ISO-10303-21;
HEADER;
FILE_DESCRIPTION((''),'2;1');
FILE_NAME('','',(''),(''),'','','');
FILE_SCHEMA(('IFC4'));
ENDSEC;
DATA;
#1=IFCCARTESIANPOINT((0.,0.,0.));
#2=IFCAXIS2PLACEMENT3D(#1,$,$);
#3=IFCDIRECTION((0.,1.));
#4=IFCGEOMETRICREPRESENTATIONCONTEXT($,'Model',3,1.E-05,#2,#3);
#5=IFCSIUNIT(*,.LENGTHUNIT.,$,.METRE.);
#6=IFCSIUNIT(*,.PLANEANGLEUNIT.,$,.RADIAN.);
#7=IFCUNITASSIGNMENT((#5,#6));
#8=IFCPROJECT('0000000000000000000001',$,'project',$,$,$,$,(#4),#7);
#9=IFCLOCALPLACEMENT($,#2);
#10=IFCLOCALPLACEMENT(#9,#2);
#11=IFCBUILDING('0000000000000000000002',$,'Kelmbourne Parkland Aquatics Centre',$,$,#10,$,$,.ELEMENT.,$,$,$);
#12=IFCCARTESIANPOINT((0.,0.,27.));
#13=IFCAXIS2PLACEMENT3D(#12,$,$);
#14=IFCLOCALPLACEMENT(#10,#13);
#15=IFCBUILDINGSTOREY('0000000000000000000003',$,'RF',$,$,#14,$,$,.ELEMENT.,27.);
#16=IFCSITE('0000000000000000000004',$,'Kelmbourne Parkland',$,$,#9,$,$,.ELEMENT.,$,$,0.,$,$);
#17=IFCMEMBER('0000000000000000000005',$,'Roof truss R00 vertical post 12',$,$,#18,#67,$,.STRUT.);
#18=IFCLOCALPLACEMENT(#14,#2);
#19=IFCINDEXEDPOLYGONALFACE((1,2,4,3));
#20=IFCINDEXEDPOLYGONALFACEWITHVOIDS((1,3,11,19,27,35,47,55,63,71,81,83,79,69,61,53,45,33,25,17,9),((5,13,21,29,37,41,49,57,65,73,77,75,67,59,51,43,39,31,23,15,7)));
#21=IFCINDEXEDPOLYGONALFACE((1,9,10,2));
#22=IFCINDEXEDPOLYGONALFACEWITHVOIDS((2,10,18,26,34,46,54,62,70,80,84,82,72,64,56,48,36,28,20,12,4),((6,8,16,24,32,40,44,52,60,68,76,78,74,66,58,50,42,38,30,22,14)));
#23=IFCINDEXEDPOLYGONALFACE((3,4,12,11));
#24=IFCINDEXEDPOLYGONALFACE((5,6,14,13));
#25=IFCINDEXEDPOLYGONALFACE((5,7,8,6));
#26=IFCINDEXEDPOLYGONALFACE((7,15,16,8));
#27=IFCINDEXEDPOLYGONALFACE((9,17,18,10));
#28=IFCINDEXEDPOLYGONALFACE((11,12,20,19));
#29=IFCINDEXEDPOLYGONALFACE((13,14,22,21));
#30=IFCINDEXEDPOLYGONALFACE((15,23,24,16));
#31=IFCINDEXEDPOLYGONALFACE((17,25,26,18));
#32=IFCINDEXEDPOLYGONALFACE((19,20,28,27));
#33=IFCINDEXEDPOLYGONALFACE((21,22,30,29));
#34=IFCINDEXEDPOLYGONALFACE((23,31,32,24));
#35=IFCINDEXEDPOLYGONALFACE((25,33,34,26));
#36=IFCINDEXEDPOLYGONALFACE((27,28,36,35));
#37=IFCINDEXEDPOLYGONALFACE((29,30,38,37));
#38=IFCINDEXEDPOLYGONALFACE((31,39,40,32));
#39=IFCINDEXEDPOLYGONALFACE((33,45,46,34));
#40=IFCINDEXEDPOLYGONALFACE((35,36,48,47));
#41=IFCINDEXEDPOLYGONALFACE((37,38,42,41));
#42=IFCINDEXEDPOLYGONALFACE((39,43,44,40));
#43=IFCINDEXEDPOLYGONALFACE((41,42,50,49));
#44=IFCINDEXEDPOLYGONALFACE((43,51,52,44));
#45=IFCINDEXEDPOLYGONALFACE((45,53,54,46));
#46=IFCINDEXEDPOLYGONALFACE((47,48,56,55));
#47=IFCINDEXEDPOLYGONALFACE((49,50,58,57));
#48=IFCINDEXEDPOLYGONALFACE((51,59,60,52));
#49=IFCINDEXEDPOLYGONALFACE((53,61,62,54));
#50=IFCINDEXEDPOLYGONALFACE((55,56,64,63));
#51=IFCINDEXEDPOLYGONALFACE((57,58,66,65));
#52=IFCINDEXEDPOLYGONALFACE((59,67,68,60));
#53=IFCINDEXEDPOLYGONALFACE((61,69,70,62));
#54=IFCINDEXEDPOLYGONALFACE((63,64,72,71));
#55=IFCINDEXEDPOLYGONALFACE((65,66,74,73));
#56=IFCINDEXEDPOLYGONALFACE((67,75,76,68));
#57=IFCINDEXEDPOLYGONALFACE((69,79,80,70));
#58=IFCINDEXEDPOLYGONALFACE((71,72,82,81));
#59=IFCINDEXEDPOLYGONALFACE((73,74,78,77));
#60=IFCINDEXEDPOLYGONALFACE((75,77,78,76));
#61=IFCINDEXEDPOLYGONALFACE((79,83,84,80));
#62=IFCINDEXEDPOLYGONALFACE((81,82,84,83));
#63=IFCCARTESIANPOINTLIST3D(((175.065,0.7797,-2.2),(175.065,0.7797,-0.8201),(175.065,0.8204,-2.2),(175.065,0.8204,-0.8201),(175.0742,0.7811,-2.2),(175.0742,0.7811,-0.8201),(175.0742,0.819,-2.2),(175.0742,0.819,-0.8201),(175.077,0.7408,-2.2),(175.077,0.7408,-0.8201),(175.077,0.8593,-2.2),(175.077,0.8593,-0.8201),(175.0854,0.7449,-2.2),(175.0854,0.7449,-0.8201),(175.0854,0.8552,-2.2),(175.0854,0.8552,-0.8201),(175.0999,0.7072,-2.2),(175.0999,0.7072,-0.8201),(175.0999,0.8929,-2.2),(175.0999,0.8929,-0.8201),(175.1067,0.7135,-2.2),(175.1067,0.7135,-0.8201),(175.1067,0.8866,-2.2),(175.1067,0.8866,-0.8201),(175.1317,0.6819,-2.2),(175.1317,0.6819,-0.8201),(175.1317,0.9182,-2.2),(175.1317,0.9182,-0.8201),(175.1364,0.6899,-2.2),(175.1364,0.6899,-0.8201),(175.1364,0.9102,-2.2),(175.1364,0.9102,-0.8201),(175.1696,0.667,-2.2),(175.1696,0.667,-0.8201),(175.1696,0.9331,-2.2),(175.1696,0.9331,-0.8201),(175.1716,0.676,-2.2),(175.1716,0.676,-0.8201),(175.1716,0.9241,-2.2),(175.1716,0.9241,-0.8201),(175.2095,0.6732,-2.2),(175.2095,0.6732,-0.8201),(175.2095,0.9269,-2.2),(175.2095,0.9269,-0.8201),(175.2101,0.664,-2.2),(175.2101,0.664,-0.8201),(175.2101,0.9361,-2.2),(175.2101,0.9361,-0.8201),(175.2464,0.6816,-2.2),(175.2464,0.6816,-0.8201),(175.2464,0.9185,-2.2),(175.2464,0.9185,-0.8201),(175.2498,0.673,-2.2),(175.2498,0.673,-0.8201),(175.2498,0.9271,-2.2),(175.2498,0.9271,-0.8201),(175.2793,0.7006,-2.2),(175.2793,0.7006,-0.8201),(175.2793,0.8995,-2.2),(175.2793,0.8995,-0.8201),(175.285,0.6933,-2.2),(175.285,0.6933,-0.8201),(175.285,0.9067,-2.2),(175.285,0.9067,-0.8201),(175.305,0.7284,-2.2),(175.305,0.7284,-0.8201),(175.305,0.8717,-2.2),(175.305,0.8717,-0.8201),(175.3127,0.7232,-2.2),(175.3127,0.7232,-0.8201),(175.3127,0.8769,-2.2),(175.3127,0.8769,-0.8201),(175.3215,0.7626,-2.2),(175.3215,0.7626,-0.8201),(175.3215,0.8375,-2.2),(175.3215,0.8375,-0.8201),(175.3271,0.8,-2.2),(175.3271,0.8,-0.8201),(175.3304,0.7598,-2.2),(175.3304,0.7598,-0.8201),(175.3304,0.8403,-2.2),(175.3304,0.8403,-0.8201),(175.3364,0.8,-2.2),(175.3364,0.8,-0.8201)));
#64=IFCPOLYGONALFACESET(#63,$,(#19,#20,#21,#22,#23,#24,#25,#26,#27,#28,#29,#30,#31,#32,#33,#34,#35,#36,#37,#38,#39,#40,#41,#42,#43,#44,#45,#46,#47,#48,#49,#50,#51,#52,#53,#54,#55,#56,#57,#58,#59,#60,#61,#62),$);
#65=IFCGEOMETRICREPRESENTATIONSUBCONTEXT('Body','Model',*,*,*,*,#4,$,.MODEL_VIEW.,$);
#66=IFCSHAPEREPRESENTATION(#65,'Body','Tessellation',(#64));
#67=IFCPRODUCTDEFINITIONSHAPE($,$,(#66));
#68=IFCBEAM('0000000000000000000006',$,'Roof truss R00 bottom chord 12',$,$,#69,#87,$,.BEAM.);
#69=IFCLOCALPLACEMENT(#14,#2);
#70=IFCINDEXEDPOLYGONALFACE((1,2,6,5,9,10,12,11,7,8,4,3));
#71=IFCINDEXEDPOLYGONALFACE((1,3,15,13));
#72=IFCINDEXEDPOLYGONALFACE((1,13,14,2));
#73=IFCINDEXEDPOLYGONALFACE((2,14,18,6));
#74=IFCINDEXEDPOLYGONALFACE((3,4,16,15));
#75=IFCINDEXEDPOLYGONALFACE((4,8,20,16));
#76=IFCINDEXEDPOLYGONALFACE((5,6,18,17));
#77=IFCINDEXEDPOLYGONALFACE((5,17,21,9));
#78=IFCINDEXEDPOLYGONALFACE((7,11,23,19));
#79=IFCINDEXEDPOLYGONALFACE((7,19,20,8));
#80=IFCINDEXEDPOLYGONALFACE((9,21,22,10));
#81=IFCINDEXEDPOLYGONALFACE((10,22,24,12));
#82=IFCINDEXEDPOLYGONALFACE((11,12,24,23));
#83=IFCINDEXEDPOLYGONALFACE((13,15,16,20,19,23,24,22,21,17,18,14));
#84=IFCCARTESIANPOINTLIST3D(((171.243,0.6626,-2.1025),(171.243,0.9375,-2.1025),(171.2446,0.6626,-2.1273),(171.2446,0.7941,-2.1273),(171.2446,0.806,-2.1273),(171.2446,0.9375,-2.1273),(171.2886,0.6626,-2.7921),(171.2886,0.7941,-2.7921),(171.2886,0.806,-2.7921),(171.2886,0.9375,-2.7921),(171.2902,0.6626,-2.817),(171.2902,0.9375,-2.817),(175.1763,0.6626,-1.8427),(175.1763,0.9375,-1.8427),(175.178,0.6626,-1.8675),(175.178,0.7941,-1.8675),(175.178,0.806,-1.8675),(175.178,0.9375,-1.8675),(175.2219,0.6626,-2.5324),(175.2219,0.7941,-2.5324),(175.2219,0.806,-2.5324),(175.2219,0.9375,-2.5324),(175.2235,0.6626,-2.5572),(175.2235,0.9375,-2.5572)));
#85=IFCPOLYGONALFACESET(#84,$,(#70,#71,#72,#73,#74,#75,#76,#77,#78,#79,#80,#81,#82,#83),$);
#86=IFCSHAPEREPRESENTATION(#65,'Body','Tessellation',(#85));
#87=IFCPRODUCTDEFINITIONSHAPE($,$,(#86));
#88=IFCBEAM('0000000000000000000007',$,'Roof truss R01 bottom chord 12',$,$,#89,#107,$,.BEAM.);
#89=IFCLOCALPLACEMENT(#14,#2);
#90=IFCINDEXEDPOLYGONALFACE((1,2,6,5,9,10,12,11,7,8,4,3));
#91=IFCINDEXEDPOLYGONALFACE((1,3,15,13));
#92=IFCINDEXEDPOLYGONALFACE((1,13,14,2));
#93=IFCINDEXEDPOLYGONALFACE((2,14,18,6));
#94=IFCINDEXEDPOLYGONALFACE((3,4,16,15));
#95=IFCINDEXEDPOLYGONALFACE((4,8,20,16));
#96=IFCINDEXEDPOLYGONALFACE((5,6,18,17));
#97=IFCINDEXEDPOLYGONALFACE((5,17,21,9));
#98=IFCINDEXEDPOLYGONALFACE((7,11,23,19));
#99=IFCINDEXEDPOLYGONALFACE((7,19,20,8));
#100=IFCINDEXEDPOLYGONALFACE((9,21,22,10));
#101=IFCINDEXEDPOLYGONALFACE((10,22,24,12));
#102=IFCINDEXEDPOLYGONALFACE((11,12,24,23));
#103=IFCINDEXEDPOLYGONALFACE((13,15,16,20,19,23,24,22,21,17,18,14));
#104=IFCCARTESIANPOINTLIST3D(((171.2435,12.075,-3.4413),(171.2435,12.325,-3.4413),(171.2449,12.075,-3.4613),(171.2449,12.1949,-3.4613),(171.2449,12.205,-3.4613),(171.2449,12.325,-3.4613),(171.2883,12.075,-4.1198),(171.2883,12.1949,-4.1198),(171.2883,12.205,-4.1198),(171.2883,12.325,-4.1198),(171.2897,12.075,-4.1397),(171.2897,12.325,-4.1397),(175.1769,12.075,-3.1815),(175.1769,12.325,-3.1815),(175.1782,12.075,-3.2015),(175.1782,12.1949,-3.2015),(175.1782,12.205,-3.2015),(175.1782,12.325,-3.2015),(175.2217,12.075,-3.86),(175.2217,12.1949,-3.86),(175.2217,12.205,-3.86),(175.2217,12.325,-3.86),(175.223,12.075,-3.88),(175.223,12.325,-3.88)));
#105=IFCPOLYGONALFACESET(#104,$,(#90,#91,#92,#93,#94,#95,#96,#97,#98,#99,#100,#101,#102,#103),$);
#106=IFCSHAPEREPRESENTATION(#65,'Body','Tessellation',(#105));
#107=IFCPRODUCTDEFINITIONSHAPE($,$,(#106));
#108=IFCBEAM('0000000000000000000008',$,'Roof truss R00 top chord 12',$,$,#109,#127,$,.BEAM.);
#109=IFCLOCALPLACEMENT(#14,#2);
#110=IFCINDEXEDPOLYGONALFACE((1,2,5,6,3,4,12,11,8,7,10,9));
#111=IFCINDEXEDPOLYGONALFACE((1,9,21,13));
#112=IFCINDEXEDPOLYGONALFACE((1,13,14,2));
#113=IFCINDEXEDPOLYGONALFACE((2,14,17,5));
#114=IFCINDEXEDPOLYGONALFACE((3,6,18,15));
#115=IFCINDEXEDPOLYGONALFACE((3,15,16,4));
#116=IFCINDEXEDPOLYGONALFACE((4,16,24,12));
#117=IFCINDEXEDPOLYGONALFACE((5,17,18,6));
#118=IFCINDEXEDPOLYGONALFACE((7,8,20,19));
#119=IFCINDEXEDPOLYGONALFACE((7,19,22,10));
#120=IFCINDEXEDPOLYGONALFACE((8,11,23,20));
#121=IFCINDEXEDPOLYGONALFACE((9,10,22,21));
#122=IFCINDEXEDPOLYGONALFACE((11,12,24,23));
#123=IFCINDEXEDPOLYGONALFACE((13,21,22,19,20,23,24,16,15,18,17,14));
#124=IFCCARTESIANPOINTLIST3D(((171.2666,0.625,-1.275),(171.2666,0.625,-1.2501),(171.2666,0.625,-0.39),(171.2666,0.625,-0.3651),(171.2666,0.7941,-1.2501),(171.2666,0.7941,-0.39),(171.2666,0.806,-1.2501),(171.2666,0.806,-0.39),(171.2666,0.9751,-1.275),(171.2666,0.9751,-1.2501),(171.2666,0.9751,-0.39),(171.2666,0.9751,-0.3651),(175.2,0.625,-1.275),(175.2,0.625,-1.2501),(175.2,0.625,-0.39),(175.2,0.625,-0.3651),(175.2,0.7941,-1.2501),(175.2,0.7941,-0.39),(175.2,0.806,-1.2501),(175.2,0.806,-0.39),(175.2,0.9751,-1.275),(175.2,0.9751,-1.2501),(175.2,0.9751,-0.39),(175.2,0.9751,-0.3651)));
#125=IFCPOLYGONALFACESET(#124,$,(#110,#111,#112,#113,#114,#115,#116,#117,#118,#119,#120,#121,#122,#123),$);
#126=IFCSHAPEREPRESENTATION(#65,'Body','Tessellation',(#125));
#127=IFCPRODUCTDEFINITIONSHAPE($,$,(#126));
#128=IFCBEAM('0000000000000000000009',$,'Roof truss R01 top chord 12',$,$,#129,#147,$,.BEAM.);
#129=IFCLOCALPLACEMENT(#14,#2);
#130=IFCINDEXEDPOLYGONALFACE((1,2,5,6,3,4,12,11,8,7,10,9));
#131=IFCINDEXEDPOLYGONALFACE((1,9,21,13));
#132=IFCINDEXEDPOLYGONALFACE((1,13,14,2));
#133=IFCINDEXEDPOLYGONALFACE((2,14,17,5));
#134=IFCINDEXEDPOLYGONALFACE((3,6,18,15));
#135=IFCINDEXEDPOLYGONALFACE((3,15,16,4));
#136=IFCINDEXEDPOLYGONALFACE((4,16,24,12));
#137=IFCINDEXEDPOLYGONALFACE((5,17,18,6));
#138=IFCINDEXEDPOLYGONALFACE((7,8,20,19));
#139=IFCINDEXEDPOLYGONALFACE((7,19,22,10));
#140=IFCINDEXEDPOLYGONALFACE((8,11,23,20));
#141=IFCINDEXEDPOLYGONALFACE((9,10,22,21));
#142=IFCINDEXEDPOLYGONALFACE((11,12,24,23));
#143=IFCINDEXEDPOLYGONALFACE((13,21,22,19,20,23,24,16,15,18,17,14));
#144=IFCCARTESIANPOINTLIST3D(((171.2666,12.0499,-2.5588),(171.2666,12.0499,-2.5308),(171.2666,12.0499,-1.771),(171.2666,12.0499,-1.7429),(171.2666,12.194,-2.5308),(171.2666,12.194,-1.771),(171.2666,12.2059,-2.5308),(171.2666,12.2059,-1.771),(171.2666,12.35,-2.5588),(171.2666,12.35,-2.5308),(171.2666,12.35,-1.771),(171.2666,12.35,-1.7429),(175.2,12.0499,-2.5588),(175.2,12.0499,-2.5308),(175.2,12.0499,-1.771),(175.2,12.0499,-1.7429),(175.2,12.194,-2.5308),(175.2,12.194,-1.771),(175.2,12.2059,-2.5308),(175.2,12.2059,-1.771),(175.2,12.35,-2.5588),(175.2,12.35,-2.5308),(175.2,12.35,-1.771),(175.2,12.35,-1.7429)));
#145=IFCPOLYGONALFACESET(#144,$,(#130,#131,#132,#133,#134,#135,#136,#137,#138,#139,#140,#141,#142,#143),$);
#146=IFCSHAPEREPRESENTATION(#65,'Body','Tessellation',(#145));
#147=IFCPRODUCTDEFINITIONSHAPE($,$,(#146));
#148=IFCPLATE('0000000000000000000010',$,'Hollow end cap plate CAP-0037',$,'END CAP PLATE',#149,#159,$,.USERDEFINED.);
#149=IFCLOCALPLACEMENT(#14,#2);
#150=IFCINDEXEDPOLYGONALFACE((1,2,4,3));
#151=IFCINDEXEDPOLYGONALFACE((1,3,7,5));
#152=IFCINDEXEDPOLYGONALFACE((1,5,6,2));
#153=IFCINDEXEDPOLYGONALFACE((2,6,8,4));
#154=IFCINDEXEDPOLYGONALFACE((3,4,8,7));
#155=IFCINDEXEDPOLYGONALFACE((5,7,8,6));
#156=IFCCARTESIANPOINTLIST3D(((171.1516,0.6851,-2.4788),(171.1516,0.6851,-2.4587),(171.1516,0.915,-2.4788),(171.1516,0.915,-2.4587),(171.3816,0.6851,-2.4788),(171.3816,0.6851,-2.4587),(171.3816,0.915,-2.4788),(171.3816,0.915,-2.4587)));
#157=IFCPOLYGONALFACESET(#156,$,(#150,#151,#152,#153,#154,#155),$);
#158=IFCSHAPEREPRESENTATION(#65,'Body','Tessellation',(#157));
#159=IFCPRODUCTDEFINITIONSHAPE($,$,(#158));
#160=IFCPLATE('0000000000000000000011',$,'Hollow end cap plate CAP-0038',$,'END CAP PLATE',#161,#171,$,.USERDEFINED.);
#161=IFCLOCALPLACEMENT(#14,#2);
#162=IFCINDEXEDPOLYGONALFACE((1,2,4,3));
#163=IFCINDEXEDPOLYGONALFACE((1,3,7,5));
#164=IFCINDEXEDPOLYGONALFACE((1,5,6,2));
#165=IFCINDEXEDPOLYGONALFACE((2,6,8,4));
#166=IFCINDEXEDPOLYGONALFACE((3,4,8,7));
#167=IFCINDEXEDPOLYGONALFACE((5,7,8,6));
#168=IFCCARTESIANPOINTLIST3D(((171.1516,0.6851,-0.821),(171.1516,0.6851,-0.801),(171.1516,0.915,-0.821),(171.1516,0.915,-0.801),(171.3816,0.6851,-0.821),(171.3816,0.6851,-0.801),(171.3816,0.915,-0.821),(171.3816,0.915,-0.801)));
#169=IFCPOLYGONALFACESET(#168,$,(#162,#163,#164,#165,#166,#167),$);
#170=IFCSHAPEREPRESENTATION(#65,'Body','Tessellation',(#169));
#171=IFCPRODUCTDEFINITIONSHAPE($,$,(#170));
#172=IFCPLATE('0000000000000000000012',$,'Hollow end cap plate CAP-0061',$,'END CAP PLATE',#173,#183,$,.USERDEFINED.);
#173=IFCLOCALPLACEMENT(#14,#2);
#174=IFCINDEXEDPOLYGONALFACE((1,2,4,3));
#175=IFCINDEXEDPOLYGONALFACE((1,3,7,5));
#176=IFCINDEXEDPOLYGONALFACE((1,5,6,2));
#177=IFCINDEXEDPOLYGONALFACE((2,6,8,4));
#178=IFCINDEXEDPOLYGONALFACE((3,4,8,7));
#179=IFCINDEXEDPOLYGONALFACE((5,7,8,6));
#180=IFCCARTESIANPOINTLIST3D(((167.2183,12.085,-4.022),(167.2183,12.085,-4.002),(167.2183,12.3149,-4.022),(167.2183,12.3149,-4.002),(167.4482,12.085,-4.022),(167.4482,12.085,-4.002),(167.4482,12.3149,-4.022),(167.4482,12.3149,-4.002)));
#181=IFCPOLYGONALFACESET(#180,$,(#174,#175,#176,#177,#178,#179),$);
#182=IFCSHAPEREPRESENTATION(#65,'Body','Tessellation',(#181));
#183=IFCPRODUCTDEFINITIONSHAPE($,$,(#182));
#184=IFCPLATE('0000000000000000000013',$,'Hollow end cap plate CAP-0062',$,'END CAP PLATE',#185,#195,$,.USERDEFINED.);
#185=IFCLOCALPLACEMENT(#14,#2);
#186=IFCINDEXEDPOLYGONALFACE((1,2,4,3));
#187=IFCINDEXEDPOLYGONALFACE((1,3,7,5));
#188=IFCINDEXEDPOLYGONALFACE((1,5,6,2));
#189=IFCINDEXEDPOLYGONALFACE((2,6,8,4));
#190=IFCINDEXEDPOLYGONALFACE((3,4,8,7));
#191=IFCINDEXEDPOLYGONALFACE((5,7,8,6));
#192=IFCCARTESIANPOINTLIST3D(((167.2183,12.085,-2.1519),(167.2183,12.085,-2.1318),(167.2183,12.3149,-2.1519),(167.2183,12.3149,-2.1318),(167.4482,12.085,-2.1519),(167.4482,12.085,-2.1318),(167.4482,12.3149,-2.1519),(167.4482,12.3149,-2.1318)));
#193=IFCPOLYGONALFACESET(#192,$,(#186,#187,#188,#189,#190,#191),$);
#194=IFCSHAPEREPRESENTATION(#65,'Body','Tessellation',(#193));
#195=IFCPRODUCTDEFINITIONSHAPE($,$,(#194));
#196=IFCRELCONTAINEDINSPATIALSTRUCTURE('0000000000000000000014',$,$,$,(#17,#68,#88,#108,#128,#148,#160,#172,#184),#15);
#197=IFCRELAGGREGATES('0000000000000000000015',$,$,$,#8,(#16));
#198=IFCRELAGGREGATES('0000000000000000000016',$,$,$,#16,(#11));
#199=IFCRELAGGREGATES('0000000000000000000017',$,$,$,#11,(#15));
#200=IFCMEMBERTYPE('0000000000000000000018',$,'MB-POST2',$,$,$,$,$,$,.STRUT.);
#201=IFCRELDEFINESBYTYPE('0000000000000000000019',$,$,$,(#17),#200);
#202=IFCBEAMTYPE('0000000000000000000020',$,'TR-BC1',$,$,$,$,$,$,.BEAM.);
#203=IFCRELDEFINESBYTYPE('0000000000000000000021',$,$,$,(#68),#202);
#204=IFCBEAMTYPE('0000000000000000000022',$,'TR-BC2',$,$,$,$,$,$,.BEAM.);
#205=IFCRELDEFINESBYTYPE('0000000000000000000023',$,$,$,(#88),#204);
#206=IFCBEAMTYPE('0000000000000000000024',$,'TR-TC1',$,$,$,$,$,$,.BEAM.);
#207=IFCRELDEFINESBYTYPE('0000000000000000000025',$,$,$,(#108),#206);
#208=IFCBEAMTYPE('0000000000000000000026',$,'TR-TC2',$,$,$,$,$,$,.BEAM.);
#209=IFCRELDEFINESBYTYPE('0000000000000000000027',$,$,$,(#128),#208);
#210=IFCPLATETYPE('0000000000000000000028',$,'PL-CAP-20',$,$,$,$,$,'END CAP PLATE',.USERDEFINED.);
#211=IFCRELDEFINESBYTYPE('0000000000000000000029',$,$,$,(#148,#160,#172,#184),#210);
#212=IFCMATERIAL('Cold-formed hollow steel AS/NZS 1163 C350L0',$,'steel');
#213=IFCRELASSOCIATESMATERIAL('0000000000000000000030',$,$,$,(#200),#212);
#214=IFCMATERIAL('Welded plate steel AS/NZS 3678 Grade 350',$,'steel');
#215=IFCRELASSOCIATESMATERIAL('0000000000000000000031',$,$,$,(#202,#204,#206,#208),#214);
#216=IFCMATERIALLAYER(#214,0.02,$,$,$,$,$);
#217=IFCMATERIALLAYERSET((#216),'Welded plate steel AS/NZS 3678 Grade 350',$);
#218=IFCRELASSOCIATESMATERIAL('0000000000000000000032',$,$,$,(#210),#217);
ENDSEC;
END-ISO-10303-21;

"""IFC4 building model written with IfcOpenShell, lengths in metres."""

from ifc_helpers import new_model, si_unit, direction, frame, origin, origin_2d, place, context, subcontext, project, spatial, rectangle, hollow_circle, i_section, extrude, material, layer, layer_set, material_profile, profile_set, type_object, element, save


model = new_model("IFC4")

# Units and contexts
model_context = context("Model", 3, precision=1e-05, world=origin(), true_north=direction((0.0, 1.0)))
body_context = subcontext(model_context, "Body", "Model", "MODEL_VIEW")
ifc_project = project(units=[si_unit("LENGTHUNIT", "METRE"), si_unit("PLANEANGLEUNIT", "RADIAN")], contexts=[model_context])

# Site, building, storey
site_placement = place(None, origin())
site = spatial("IfcSite", under=ifc_project, at=site_placement, Name="Kelmbourne Parkland", CompositionType="ELEMENT", RefElevation=0.0)
building_placement = place(site_placement, origin())
building = spatial("IfcBuilding", under=site, at=building_placement, Name="Kelmbourne Parkland Aquatics Centre", CompositionType="ELEMENT")
storey_placement = place(building_placement, frame((0.0, 0.0, 27.0)))
storey = spatial("IfcBuildingStorey", under=building, at=storey_placement, Name="RF", CompositionType="ELEMENT", Elevation=27.0)

# Member
ifc_material_1 = material(Name="Cold-formed hollow steel AS/NZS 1163 C350L0", Category="steel")
ifc_material_profile_1 = material_profile(ifc_material_1, hollow_circle(Radius=0.1365, WallThickness=0.0093, at=origin_2d()), Name="CHS 273.1x9.3")
ifc_profile_set_1 = profile_set([ifc_material_profile_1], Name="Cold-formed hollow steel AS/NZS 1163 C350L0")
member_type_1 = type_object("IfcMemberType", Name="MB-POST2", PredefinedType="STRUT", material=ifc_profile_set_1)
member_1_placement = place(storey_placement, frame((175.2, 0.8, -2.2), z_axis=(0.0, 0.0, 1.0), x_axis=(1.0, 0.0, 0.0)))
element("IfcMember", 1, at=member_1_placement, inside=storey, type_object=member_type_1, Name="Roof truss R00 vertical post 12", PredefinedType="STRUT", context=body_context, shape_type="SweptSolid", body=[
    extrude(hollow_circle(Radius=0.1365, WallThickness=0.0093, at=origin_2d()), origin(), (0.0, 0.0, 1.0), 1.3799),
])

# Beams
ifc_material_2 = material(Name="Welded plate steel AS/NZS 3678 Grade 350", Category="steel")
ifc_material_profile_2 = material_profile(ifc_material_2, i_section(OverallWidth=0.2749, OverallDepth=0.7161, WebThickness=0.012, FlangeThickness=0.0249, at=origin_2d()), Name="700WB173")
ifc_profile_set_2 = profile_set([ifc_material_profile_2], Name="Welded plate steel AS/NZS 3678 Grade 350")
beam_type_1 = type_object("IfcBeamType", Name="TR-BC1", PredefinedType="BEAM", material=ifc_profile_set_2)
beam_1_placement = place(storey_placement, frame((171.2666, 0.8, -2.4597), z_axis=(0.997826, 0.0, 0.065898), x_axis=(0.0, 1.0, 0.0)))
element("IfcBeam", 2, at=beam_1_placement, inside=storey, type_object=beam_type_1, Name="Roof truss R00 bottom chord 12", PredefinedType="BEAM", context=body_context, shape_type="SweptSolid", body=[
    extrude(i_section(OverallWidth=0.2749, OverallDepth=0.7161, WebThickness=0.012, FlangeThickness=0.0249, at=origin_2d()), origin(), (0.0, 0.0, 1.0), 3.9419),
])
ifc_material_profile_3 = material_profile(ifc_material_2, i_section(OverallWidth=0.25, OverallDepth=0.7, WebThickness=0.01, FlangeThickness=0.02, at=origin_2d()), Name="700WB130")
ifc_profile_set_3 = profile_set([ifc_material_profile_3], Name="Welded plate steel AS/NZS 3678 Grade 350")
beam_type_2 = type_object("IfcBeamType", Name="TR-BC2", PredefinedType="BEAM", material=ifc_profile_set_3)
beam_2_placement = place(storey_placement, frame((171.2666, 12.2, -3.7905), z_axis=(0.997826, 0.0, 0.065898), x_axis=(0.0, 1.0, 0.0)))
element("IfcBeam", 3, at=beam_2_placement, inside=storey, type_object=beam_type_2, Name="Roof truss R01 bottom chord 12", PredefinedType="BEAM", context=body_context, shape_type="SweptSolid", body=[
    extrude(i_section(OverallWidth=0.25, OverallDepth=0.7, WebThickness=0.01, FlangeThickness=0.02, at=origin_2d()), origin(), (0.0, 0.0, 1.0), 3.9419),
])
ifc_material_profile_4 = material_profile(ifc_material_2, i_section(OverallWidth=0.3501, OverallDepth=0.9099, WebThickness=0.012, FlangeThickness=0.0249, at=origin_2d()), Name="900WB218")
ifc_profile_set_4 = profile_set([ifc_material_profile_4], Name="Welded plate steel AS/NZS 3678 Grade 350")
beam_type_3 = type_object("IfcBeamType", Name="TR-TC1", PredefinedType="BEAM", material=ifc_profile_set_4)
beam_3_placement = place(storey_placement, frame((171.2666, 0.8, -0.8201), z_axis=(1.0, 0.0, 0.0), x_axis=(0.0, 1.0, 0.0)))
element("IfcBeam", 4, at=beam_3_placement, inside=storey, type_object=beam_type_3, Name="Roof truss R00 top chord 12", PredefinedType="BEAM", context=body_context, shape_type="SweptSolid", body=[
    extrude(i_section(OverallWidth=0.3501, OverallDepth=0.9099, WebThickness=0.012, FlangeThickness=0.0249, at=origin_2d()), origin(), (0.0, 0.0, 1.0), 3.9333),
])
ifc_material_profile_5 = material_profile(ifc_material_2, i_section(OverallWidth=0.3, OverallDepth=0.8159, WebThickness=0.012, FlangeThickness=0.0281, at=origin_2d()), Name="800WB192")
ifc_profile_set_5 = profile_set([ifc_material_profile_5], Name="Welded plate steel AS/NZS 3678 Grade 350")
beam_type_4 = type_object("IfcBeamType", Name="TR-TC2", PredefinedType="BEAM", material=ifc_profile_set_5)
beam_4_placement = place(storey_placement, frame((171.2666, 12.2, -2.1509), z_axis=(1.0, 0.0, 0.0), x_axis=(0.0, 1.0, 0.0)))
element("IfcBeam", 5, at=beam_4_placement, inside=storey, type_object=beam_type_4, Name="Roof truss R01 top chord 12", PredefinedType="BEAM", context=body_context, shape_type="SweptSolid", body=[
    extrude(i_section(OverallWidth=0.3, OverallDepth=0.8159, WebThickness=0.012, FlangeThickness=0.0281, at=origin_2d()), origin(), (0.0, 0.0, 1.0), 3.9333),
])

# Plates
ifc_layer_1 = layer(ifc_material_2, 0.02)
ifc_layer_set_1 = layer_set([ifc_layer_1], Name="Welded plate steel AS/NZS 3678 Grade 350")
plate_type_1 = type_object("IfcPlateType", Name="PL-CAP-20", ElementType="END CAP PLATE", PredefinedType="USERDEFINED", material=ifc_layer_set_1)
for number, where, z_axis, x_axis, name in (
    (6, (171.2666, 0.8, -2.4788), (0.0, 0.0, 1.0), (1.0, 0.0, 0.0), "Hollow end cap plate CAP-0037"),
    (7, (171.2666, 0.8, -0.821), (0.0, 0.0, 1.0), (1.0, 0.0, 0.0), "Hollow end cap plate CAP-0038"),
    (8, (167.3333, 12.2, -4.022), (0.0, 0.0, 1.0), (1.0, 0.0, 0.0), "Hollow end cap plate CAP-0061"),
    (9, (167.3333, 12.2, -2.1519), (0.0, 0.0, 1.0), (1.0, 0.0, 0.0), "Hollow end cap plate CAP-0062"),
):
    element("IfcPlate", number, at=place(storey_placement, frame(where, z_axis=z_axis, x_axis=x_axis)), inside=storey, type_object=plate_type_1, Name=name, ObjectType="END CAP PLATE", PredefinedType="USERDEFINED", context=body_context, shape_type="SweptSolid", body=[
        extrude(rectangle(XDim=0.23, YDim=0.23, at=origin_2d()), origin(), (0.0, 0.0, 1.0), 0.02),
    ])

save(model, "model.ifc")
